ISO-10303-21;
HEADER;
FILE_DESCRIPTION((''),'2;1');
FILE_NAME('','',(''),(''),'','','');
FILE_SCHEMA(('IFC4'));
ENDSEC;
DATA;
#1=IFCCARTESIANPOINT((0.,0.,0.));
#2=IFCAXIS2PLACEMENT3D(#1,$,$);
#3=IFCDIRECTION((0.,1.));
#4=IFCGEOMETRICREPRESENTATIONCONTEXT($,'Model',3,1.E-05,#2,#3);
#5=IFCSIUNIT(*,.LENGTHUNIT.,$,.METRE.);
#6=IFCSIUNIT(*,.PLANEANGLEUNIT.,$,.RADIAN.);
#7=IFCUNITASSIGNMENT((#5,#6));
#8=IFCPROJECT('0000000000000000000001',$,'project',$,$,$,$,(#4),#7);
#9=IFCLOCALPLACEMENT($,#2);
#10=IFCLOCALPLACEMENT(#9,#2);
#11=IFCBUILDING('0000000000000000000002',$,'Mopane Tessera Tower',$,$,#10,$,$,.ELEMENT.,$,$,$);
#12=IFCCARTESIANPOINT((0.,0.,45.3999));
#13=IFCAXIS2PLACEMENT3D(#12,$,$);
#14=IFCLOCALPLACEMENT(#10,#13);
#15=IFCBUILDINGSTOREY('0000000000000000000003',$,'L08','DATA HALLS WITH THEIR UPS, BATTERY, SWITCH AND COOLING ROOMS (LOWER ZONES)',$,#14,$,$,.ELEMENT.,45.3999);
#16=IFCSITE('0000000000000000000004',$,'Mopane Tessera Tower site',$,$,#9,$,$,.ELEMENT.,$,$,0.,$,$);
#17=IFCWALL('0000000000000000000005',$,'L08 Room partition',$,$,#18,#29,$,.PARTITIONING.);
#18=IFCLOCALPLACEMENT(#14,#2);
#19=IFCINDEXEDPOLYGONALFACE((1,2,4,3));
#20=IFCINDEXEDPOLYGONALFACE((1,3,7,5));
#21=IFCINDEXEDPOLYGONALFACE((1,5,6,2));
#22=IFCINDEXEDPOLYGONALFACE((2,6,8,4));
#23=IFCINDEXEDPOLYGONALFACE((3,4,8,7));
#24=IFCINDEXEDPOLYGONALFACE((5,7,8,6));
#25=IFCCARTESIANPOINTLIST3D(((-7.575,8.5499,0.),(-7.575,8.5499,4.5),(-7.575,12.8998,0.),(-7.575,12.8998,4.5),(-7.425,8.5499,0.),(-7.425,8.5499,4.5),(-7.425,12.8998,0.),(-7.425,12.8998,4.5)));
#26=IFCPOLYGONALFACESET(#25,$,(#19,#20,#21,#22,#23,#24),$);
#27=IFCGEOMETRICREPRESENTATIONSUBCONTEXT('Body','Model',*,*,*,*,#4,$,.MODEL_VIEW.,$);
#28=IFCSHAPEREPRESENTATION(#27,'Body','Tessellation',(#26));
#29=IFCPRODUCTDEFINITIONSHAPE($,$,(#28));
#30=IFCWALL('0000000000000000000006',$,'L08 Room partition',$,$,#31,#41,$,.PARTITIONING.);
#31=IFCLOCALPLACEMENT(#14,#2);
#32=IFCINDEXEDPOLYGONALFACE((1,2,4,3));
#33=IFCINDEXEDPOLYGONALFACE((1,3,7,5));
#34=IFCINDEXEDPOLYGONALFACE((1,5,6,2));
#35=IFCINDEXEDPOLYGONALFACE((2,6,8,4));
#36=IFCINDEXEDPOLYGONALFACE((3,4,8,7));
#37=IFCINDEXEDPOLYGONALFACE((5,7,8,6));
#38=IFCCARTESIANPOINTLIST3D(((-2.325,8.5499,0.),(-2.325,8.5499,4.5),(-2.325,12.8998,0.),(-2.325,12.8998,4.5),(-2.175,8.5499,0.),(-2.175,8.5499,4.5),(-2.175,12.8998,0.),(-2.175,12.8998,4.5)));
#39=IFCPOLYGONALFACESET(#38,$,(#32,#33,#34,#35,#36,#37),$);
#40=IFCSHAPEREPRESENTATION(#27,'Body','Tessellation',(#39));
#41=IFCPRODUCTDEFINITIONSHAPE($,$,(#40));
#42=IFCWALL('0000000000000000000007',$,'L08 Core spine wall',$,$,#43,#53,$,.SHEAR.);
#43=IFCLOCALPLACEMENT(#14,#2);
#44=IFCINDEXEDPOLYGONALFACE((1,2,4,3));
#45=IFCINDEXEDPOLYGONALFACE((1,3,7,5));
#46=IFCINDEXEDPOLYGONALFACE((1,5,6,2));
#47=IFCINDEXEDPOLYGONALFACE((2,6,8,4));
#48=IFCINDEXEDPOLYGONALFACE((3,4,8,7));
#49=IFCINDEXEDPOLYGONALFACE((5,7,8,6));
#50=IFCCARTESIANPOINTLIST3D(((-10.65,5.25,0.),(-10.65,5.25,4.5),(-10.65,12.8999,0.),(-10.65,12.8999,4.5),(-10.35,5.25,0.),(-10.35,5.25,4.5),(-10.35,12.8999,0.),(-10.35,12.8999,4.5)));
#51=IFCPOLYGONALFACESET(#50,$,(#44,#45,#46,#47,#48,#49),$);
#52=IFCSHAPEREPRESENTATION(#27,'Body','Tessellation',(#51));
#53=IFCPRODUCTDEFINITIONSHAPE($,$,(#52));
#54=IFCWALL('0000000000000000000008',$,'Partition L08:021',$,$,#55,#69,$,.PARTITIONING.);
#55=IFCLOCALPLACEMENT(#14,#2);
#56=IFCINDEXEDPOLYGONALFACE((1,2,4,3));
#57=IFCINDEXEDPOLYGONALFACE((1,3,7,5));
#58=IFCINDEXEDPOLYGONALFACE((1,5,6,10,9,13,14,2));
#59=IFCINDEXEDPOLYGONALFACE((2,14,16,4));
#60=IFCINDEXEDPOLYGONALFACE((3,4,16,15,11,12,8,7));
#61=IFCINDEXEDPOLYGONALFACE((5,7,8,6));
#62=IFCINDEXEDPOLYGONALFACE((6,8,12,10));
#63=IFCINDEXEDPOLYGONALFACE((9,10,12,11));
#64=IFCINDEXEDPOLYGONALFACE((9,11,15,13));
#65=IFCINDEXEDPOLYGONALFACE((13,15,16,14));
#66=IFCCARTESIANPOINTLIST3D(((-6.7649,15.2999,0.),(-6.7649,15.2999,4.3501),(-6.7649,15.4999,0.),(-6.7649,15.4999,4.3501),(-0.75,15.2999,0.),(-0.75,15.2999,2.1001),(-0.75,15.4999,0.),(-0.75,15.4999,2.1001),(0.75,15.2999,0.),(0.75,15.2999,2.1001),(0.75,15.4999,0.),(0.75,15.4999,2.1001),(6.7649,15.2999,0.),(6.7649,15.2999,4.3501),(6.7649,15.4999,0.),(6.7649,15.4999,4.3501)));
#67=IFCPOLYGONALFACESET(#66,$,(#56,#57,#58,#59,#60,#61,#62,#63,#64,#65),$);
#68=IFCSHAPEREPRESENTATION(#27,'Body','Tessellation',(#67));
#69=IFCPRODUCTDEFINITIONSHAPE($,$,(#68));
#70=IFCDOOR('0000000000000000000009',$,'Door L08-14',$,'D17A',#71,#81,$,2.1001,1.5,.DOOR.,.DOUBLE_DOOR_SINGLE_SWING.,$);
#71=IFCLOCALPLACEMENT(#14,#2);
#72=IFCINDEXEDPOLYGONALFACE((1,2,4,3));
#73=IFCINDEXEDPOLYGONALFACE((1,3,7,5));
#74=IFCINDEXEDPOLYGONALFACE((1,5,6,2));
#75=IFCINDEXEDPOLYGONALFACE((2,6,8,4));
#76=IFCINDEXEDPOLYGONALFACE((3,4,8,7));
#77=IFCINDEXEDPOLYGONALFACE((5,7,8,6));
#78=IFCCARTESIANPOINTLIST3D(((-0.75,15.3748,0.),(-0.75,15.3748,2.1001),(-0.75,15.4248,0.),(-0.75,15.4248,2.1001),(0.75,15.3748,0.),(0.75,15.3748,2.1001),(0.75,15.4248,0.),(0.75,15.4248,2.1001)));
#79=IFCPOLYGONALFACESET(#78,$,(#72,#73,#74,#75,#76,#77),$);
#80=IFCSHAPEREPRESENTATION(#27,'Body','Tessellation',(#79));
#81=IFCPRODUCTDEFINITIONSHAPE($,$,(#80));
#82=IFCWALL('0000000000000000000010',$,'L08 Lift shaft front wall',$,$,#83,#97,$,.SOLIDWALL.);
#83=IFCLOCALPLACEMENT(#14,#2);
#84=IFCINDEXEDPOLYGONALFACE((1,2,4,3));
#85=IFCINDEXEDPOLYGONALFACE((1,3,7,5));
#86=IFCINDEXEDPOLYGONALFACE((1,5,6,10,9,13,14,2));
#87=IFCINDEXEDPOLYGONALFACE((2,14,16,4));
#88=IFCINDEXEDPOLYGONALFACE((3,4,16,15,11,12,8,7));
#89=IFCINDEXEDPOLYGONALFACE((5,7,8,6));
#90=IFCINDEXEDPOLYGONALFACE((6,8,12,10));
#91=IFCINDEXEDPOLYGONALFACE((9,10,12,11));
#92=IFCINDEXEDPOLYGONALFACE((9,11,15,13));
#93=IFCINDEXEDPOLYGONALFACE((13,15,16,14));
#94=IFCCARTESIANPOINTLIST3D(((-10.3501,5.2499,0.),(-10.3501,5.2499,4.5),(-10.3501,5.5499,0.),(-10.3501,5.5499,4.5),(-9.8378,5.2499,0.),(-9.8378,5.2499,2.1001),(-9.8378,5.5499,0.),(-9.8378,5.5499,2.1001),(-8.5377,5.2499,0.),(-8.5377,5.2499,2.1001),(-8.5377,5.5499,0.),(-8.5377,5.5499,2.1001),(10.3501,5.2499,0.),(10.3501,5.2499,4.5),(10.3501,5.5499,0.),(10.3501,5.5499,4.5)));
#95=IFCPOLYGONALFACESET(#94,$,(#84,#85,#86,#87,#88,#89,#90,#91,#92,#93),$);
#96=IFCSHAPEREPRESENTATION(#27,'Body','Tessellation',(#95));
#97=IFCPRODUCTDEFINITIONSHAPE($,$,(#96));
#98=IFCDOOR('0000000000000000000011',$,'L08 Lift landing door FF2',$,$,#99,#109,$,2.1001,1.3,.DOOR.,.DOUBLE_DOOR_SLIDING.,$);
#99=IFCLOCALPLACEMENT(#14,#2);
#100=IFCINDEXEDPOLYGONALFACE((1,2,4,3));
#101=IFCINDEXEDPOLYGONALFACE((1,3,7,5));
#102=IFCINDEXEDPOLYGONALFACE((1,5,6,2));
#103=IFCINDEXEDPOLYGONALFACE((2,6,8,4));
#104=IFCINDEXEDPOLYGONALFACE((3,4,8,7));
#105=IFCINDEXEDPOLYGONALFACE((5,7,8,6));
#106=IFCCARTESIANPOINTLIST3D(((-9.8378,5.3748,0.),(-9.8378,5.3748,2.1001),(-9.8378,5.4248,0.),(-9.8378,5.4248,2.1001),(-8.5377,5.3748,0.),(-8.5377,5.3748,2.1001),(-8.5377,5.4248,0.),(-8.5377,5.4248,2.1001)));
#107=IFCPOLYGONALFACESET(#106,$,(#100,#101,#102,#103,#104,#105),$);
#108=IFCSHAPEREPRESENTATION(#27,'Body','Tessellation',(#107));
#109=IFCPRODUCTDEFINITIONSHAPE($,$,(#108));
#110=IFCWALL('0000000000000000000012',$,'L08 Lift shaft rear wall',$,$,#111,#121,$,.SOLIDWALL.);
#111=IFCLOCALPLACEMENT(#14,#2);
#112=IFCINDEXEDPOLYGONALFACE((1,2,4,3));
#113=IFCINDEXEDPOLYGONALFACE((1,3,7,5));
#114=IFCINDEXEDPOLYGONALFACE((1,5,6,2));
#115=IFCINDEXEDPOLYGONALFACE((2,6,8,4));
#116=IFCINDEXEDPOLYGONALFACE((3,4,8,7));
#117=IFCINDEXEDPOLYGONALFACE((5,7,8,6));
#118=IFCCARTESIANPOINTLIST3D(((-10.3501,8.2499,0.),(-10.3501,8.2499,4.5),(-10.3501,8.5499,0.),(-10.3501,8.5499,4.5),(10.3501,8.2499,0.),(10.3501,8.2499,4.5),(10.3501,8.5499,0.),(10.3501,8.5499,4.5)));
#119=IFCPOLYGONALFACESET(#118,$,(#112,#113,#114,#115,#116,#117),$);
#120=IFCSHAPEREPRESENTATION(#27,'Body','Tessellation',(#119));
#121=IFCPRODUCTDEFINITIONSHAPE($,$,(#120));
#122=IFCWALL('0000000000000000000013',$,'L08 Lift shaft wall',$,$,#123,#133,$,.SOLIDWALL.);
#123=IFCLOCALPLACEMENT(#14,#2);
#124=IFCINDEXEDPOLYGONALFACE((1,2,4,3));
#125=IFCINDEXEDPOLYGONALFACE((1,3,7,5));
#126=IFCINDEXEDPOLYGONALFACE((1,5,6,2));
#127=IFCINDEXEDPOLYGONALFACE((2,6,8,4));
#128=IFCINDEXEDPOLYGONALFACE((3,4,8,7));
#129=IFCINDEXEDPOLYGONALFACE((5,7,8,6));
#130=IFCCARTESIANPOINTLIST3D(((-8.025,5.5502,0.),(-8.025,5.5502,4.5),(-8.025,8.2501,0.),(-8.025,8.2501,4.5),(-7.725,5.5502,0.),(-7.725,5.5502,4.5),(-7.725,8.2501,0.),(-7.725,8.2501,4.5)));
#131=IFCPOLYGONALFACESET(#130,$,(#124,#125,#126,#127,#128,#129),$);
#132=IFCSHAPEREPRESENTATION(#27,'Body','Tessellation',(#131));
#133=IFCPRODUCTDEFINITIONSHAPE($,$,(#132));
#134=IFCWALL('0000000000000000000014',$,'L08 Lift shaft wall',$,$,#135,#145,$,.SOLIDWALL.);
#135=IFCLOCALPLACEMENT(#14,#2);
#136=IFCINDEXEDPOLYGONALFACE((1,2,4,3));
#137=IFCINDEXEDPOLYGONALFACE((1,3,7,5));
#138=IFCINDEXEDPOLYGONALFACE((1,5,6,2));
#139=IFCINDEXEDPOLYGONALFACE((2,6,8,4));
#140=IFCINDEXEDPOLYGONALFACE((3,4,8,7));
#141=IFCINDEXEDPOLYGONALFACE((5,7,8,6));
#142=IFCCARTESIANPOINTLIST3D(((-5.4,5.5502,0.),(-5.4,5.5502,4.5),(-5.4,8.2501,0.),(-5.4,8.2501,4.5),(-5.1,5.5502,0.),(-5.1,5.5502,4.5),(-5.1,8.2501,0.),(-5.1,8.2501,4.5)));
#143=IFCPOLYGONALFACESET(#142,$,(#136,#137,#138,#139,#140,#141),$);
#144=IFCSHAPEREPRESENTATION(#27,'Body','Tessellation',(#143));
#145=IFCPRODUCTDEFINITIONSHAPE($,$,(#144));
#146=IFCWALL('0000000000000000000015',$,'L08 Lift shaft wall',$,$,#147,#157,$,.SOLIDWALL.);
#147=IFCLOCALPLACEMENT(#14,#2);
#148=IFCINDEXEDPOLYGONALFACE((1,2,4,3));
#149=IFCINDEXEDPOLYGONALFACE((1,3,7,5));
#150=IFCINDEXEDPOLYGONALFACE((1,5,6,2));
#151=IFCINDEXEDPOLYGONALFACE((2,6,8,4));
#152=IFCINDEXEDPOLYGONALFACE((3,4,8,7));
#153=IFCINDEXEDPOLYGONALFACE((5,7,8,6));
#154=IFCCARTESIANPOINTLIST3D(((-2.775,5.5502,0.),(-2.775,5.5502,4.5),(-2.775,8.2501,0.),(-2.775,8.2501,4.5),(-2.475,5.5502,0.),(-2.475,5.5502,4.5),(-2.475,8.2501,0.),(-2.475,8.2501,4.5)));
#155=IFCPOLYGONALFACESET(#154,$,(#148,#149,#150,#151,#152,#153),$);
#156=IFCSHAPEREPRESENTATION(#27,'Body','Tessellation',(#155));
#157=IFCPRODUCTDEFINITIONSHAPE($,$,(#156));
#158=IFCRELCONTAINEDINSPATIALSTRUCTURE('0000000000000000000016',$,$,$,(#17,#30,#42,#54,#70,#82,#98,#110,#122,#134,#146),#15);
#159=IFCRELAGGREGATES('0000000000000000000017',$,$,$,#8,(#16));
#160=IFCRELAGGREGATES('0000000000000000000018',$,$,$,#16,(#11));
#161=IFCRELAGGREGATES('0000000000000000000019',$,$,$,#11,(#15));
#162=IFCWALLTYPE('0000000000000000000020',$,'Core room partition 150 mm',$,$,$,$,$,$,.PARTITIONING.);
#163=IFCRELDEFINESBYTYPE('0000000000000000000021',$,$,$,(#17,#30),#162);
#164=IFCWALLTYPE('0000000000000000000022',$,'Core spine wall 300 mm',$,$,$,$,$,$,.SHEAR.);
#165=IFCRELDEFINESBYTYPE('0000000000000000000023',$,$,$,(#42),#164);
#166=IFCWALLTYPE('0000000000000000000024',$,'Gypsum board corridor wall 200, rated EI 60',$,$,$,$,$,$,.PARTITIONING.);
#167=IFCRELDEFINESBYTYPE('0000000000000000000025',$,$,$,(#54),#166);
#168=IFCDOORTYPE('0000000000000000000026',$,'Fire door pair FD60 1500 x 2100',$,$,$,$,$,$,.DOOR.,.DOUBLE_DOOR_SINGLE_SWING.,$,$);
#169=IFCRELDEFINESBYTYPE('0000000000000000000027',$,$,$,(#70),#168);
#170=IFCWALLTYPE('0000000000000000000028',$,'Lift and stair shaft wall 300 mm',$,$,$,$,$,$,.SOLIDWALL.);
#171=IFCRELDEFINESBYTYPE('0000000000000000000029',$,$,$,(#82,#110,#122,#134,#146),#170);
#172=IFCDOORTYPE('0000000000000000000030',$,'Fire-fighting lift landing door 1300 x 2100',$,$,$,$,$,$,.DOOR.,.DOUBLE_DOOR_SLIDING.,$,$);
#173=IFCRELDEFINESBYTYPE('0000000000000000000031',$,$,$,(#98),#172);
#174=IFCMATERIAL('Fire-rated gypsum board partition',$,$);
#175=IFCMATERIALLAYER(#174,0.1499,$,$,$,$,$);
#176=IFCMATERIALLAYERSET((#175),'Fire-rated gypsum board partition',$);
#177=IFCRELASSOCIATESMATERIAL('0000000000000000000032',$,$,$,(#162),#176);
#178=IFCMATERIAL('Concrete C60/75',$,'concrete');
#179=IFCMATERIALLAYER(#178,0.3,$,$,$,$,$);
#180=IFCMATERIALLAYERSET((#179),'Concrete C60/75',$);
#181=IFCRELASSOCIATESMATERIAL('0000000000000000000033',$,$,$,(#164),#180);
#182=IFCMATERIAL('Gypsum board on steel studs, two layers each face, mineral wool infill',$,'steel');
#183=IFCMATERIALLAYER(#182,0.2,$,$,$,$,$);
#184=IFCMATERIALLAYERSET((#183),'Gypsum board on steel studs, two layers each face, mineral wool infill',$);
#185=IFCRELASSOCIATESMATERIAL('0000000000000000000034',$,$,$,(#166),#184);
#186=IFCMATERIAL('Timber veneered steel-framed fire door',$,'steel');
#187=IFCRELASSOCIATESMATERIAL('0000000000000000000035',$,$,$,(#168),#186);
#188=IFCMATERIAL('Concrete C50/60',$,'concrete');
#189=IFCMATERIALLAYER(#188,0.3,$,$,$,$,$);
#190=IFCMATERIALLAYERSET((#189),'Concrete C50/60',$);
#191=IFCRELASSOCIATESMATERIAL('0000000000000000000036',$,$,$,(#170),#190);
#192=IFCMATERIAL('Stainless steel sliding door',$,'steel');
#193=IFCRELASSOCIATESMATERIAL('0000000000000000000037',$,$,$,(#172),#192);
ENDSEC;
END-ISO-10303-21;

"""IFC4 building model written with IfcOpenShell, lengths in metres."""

from ifc_helpers import new_model, si_unit, direction, frame, frame_2d, origin, place, context, subcontext, project, spatial, rectangle, extrude, material, layer, layer_set, type_object, element, fill, save


model = new_model("IFC4")

# Units and contexts
model_context = context("Model", 3, precision=1e-05, world=origin(), true_north=direction((0.0, 1.0)))
body_context = subcontext(model_context, "Body", "Model", "MODEL_VIEW")
ifc_project = project(units=[si_unit("LENGTHUNIT", "METRE"), si_unit("PLANEANGLEUNIT", "RADIAN")], contexts=[model_context])

# Site, building, storey
site_placement = place(None, origin())
site = spatial("IfcSite", under=ifc_project, at=site_placement, Name="Mopane Tessera Tower site", CompositionType="ELEMENT", RefElevation=0.0)
building_placement = place(site_placement, origin())
building = spatial("IfcBuilding", under=site, at=building_placement, Name="Mopane Tessera Tower", CompositionType="ELEMENT")
storey_placement = place(building_placement, frame((0.0, 0.0, 45.3999)))
storey = spatial("IfcBuildingStorey", under=building, at=storey_placement, Name="L08", Description="DATA HALLS WITH THEIR UPS, BATTERY, SWITCH AND COOLING ROOMS (LOWER ZONES)", CompositionType="ELEMENT", Elevation=45.3999)

# Walls
ifc_material_1 = material(Name="Fire-rated gypsum board partition")
ifc_layer_1 = layer(ifc_material_1, 0.1499)
ifc_layer_set_1 = layer_set([ifc_layer_1], Name="Fire-rated gypsum board partition")
wall_type_1 = type_object("IfcWallType", Name="Core room partition 150 mm", PredefinedType="PARTITIONING", material=ifc_layer_set_1)
for number, where, z_axis, x_axis, name in (
    (1, (-7.5, 8.55, 0.0), (0.0, 0.0, 1.0), (0.0, 1.0, 0.0), "L08 Room partition"),
    (2, (-2.25, 8.55, 0.0), (0.0, 0.0, 1.0), (0.0, 1.0, 0.0), "L08 Room partition"),
):
    element("IfcWall", number, at=place(storey_placement, frame(where, z_axis=z_axis, x_axis=x_axis)), inside=storey, type_object=wall_type_1, Name=name, PredefinedType="PARTITIONING", context=body_context, shape_type="SweptSolid", body=[
        extrude(rectangle(XDim=4.3499, YDim=0.1499, at=frame_2d((2.1748, 0.0))), origin(), (0.0, 0.0, 1.0), 4.5),
    ])
ifc_material_2 = material(Name="Concrete C60/75", Category="concrete")
ifc_layer_2 = layer(ifc_material_2, 0.3)
ifc_layer_set_2 = layer_set([ifc_layer_2], Name="Concrete C60/75")
wall_type_2 = type_object("IfcWallType", Name="Core spine wall 300 mm", PredefinedType="SHEAR", material=ifc_layer_set_2)
wall_1_placement = place(storey_placement, frame((-10.5, 5.25, 0.0), z_axis=(0.0, 0.0, 1.0), x_axis=(0.0, 1.0, 0.0)))
element("IfcWall", 3, at=wall_1_placement, inside=storey, type_object=wall_type_2, Name="L08 Core spine wall", PredefinedType="SHEAR", context=body_context, shape_type="SweptSolid", body=[
    extrude(rectangle(XDim=7.6499, YDim=0.3, at=frame_2d((3.825, 0.0))), origin(), (0.0, 0.0, 1.0), 4.5),
])

# Walls, openings, doors
ifc_material_3 = material(Name="Gypsum board on steel studs, two layers each face, mineral wool infill", Category="steel")
ifc_layer_3 = layer(ifc_material_3, 0.2)
ifc_layer_set_3 = layer_set([ifc_layer_3], Name="Gypsum board on steel studs, two layers each face, mineral wool infill")
wall_type_3 = type_object("IfcWallType", Name="Gypsum board corridor wall 200, rated EI 60", PredefinedType="PARTITIONING", material=ifc_layer_set_3)
wall_2_placement = place(storey_placement, frame((-6.7649, 15.3999, 0.0), z_axis=(0.0, 0.0, 1.0), x_axis=(1.0, 0.0, 0.0)))
wall_2 = element("IfcWall", 4, at=wall_2_placement, inside=storey, type_object=wall_type_3, Name="Partition L08:021", PredefinedType="PARTITIONING", context=body_context, shape_type="SweptSolid", body=[
    extrude(rectangle(XDim=13.5298, YDim=0.2, at=frame_2d((6.7649, 0.0))), origin(), (0.0, 0.0, 1.0), 4.3501),
])
opening_1_placement = place(wall_2_placement, frame((6.0149, 0.0, 0.0)))
opening_1 = element("IfcOpeningElement", 5, at=opening_1_placement, cuts=wall_2, PredefinedType="OPENING", context=body_context, shape_type="SweptSolid", body=[
    extrude(rectangle(XDim=1.5, YDim=2.1001, at=frame_2d((0.75, 1.05))), frame((0.0, 0.1121, 0.0), z_axis=(0.0, -1.0, 0.0), x_axis=(1.0, 0.0, 0.0)), (0.0, 0.0, 1.0), 0.2239),
])
ifc_material_4 = material(Name="Timber veneered steel-framed fire door", Category="steel")
door_type_1 = type_object("IfcDoorType", Name="Fire door pair FD60 1500 x 2100", OperationType="DOUBLE_DOOR_SINGLE_SWING", PredefinedType="DOOR", material=ifc_material_4)
door_1_placement = place(opening_1_placement, origin())
door_1 = element("IfcDoor", 6, at=door_1_placement, inside=storey, type_object=door_type_1, Name="Door L08-14", ObjectType="D17A", OperationType="DOUBLE_DOOR_SINGLE_SWING", OverallHeight=2.1001, OverallWidth=1.5, PredefinedType="DOOR", context=body_context, shape_type="SweptSolid", body=[
    extrude(rectangle(XDim=1.5, YDim=2.1001, at=frame_2d((0.75, 1.05))), frame((0.0, 0.0249, 0.0), z_axis=(0.0, -1.0, 0.0), x_axis=(1.0, 0.0, 0.0)), (0.0, 0.0, 1.0), 0.05),
])
fill(opening_1, door_1)
ifc_material_5 = material(Name="Concrete C50/60", Category="concrete")
ifc_layer_4 = layer(ifc_material_5, 0.3)
ifc_layer_set_4 = layer_set([ifc_layer_4], Name="Concrete C50/60")
wall_type_4 = type_object("IfcWallType", Name="Lift and stair shaft wall 300 mm", PredefinedType="SOLIDWALL", material=ifc_layer_set_4)
wall_3_placement = place(storey_placement, frame((-10.3501, 5.3999, 0.0), z_axis=(0.0, 0.0, 1.0), x_axis=(1.0, 0.0, 0.0)))
wall_3 = element("IfcWall", 7, at=wall_3_placement, inside=storey, type_object=wall_type_4, Name="L08 Lift shaft front wall", PredefinedType="SOLIDWALL", context=body_context, shape_type="SweptSolid", body=[
    extrude(rectangle(XDim=20.7002, YDim=0.3, at=frame_2d((10.3501, 0.0))), origin(), (0.0, 0.0, 1.0), 4.5),
])
opening_2_placement = place(wall_3_placement, frame((0.5125, 0.0, 0.0)))
opening_2 = element("IfcOpeningElement", 8, at=opening_2_placement, cuts=wall_3, PredefinedType="OPENING", context=body_context, shape_type="SweptSolid", body=[
    extrude(rectangle(XDim=1.3, YDim=2.1001, at=frame_2d((0.6499, 1.05))), frame((0.0, 0.1621, 0.0), z_axis=(0.0, -1.0, 0.0), x_axis=(1.0, 0.0, 0.0)), (0.0, 0.0, 1.0), 0.324),
])
ifc_material_6 = material(Name="Stainless steel sliding door", Category="steel")
door_type_2 = type_object("IfcDoorType", Name="Fire-fighting lift landing door 1300 x 2100", OperationType="DOUBLE_DOOR_SLIDING", PredefinedType="DOOR", material=ifc_material_6)
door_2_placement = place(opening_2_placement, origin())
door_2 = element("IfcDoor", 9, at=door_2_placement, inside=storey, type_object=door_type_2, Name="L08 Lift landing door FF2", OperationType="DOUBLE_DOOR_SLIDING", OverallHeight=2.1001, OverallWidth=1.3, PredefinedType="DOOR", context=body_context, shape_type="SweptSolid", body=[
    extrude(rectangle(XDim=1.3, YDim=2.1001, at=frame_2d((0.6499, 1.05))), frame((0.0, 0.0249, 0.0), z_axis=(0.0, -1.0, 0.0), x_axis=(1.0, 0.0, 0.0)), (0.0, 0.0, 1.0), 0.05),
])
fill(opening_2, door_2)

# Walls
wall_4_placement = place(storey_placement, frame((-10.3501, 8.3999, 0.0), z_axis=(0.0, 0.0, 1.0), x_axis=(1.0, 0.0, 0.0)))
element("IfcWall", 10, at=wall_4_placement, inside=storey, type_object=wall_type_4, Name="L08 Lift shaft rear wall", PredefinedType="SOLIDWALL", context=body_context, shape_type="SweptSolid", body=[
    extrude(rectangle(XDim=20.7002, YDim=0.3, at=frame_2d((10.3501, 0.0))), origin(), (0.0, 0.0, 1.0), 4.5),
])
for number, where, z_axis, x_axis, name in (
    (11, (-7.875, 5.55, 0.0), (0.0, 0.0, 1.0), (0.0, 1.0, 0.0), "L08 Lift shaft wall"),
    (12, (-5.25, 5.55, 0.0), (0.0, 0.0, 1.0), (0.0, 1.0, 0.0), "L08 Lift shaft wall"),
    (13, (-2.625, 5.55, 0.0), (0.0, 0.0, 1.0), (0.0, 1.0, 0.0), "L08 Lift shaft wall"),
):
    element("IfcWall", number, at=place(storey_placement, frame(where, z_axis=z_axis, x_axis=x_axis)), inside=storey, type_object=wall_type_4, Name=name, PredefinedType="SOLIDWALL", context=body_context, shape_type="SweptSolid", body=[
        extrude(rectangle(XDim=2.7, YDim=0.3, at=frame_2d((1.3501, 0.0))), origin(), (0.0, 0.0, 1.0), 4.5),
    ])

save(model, "model.ifc")
